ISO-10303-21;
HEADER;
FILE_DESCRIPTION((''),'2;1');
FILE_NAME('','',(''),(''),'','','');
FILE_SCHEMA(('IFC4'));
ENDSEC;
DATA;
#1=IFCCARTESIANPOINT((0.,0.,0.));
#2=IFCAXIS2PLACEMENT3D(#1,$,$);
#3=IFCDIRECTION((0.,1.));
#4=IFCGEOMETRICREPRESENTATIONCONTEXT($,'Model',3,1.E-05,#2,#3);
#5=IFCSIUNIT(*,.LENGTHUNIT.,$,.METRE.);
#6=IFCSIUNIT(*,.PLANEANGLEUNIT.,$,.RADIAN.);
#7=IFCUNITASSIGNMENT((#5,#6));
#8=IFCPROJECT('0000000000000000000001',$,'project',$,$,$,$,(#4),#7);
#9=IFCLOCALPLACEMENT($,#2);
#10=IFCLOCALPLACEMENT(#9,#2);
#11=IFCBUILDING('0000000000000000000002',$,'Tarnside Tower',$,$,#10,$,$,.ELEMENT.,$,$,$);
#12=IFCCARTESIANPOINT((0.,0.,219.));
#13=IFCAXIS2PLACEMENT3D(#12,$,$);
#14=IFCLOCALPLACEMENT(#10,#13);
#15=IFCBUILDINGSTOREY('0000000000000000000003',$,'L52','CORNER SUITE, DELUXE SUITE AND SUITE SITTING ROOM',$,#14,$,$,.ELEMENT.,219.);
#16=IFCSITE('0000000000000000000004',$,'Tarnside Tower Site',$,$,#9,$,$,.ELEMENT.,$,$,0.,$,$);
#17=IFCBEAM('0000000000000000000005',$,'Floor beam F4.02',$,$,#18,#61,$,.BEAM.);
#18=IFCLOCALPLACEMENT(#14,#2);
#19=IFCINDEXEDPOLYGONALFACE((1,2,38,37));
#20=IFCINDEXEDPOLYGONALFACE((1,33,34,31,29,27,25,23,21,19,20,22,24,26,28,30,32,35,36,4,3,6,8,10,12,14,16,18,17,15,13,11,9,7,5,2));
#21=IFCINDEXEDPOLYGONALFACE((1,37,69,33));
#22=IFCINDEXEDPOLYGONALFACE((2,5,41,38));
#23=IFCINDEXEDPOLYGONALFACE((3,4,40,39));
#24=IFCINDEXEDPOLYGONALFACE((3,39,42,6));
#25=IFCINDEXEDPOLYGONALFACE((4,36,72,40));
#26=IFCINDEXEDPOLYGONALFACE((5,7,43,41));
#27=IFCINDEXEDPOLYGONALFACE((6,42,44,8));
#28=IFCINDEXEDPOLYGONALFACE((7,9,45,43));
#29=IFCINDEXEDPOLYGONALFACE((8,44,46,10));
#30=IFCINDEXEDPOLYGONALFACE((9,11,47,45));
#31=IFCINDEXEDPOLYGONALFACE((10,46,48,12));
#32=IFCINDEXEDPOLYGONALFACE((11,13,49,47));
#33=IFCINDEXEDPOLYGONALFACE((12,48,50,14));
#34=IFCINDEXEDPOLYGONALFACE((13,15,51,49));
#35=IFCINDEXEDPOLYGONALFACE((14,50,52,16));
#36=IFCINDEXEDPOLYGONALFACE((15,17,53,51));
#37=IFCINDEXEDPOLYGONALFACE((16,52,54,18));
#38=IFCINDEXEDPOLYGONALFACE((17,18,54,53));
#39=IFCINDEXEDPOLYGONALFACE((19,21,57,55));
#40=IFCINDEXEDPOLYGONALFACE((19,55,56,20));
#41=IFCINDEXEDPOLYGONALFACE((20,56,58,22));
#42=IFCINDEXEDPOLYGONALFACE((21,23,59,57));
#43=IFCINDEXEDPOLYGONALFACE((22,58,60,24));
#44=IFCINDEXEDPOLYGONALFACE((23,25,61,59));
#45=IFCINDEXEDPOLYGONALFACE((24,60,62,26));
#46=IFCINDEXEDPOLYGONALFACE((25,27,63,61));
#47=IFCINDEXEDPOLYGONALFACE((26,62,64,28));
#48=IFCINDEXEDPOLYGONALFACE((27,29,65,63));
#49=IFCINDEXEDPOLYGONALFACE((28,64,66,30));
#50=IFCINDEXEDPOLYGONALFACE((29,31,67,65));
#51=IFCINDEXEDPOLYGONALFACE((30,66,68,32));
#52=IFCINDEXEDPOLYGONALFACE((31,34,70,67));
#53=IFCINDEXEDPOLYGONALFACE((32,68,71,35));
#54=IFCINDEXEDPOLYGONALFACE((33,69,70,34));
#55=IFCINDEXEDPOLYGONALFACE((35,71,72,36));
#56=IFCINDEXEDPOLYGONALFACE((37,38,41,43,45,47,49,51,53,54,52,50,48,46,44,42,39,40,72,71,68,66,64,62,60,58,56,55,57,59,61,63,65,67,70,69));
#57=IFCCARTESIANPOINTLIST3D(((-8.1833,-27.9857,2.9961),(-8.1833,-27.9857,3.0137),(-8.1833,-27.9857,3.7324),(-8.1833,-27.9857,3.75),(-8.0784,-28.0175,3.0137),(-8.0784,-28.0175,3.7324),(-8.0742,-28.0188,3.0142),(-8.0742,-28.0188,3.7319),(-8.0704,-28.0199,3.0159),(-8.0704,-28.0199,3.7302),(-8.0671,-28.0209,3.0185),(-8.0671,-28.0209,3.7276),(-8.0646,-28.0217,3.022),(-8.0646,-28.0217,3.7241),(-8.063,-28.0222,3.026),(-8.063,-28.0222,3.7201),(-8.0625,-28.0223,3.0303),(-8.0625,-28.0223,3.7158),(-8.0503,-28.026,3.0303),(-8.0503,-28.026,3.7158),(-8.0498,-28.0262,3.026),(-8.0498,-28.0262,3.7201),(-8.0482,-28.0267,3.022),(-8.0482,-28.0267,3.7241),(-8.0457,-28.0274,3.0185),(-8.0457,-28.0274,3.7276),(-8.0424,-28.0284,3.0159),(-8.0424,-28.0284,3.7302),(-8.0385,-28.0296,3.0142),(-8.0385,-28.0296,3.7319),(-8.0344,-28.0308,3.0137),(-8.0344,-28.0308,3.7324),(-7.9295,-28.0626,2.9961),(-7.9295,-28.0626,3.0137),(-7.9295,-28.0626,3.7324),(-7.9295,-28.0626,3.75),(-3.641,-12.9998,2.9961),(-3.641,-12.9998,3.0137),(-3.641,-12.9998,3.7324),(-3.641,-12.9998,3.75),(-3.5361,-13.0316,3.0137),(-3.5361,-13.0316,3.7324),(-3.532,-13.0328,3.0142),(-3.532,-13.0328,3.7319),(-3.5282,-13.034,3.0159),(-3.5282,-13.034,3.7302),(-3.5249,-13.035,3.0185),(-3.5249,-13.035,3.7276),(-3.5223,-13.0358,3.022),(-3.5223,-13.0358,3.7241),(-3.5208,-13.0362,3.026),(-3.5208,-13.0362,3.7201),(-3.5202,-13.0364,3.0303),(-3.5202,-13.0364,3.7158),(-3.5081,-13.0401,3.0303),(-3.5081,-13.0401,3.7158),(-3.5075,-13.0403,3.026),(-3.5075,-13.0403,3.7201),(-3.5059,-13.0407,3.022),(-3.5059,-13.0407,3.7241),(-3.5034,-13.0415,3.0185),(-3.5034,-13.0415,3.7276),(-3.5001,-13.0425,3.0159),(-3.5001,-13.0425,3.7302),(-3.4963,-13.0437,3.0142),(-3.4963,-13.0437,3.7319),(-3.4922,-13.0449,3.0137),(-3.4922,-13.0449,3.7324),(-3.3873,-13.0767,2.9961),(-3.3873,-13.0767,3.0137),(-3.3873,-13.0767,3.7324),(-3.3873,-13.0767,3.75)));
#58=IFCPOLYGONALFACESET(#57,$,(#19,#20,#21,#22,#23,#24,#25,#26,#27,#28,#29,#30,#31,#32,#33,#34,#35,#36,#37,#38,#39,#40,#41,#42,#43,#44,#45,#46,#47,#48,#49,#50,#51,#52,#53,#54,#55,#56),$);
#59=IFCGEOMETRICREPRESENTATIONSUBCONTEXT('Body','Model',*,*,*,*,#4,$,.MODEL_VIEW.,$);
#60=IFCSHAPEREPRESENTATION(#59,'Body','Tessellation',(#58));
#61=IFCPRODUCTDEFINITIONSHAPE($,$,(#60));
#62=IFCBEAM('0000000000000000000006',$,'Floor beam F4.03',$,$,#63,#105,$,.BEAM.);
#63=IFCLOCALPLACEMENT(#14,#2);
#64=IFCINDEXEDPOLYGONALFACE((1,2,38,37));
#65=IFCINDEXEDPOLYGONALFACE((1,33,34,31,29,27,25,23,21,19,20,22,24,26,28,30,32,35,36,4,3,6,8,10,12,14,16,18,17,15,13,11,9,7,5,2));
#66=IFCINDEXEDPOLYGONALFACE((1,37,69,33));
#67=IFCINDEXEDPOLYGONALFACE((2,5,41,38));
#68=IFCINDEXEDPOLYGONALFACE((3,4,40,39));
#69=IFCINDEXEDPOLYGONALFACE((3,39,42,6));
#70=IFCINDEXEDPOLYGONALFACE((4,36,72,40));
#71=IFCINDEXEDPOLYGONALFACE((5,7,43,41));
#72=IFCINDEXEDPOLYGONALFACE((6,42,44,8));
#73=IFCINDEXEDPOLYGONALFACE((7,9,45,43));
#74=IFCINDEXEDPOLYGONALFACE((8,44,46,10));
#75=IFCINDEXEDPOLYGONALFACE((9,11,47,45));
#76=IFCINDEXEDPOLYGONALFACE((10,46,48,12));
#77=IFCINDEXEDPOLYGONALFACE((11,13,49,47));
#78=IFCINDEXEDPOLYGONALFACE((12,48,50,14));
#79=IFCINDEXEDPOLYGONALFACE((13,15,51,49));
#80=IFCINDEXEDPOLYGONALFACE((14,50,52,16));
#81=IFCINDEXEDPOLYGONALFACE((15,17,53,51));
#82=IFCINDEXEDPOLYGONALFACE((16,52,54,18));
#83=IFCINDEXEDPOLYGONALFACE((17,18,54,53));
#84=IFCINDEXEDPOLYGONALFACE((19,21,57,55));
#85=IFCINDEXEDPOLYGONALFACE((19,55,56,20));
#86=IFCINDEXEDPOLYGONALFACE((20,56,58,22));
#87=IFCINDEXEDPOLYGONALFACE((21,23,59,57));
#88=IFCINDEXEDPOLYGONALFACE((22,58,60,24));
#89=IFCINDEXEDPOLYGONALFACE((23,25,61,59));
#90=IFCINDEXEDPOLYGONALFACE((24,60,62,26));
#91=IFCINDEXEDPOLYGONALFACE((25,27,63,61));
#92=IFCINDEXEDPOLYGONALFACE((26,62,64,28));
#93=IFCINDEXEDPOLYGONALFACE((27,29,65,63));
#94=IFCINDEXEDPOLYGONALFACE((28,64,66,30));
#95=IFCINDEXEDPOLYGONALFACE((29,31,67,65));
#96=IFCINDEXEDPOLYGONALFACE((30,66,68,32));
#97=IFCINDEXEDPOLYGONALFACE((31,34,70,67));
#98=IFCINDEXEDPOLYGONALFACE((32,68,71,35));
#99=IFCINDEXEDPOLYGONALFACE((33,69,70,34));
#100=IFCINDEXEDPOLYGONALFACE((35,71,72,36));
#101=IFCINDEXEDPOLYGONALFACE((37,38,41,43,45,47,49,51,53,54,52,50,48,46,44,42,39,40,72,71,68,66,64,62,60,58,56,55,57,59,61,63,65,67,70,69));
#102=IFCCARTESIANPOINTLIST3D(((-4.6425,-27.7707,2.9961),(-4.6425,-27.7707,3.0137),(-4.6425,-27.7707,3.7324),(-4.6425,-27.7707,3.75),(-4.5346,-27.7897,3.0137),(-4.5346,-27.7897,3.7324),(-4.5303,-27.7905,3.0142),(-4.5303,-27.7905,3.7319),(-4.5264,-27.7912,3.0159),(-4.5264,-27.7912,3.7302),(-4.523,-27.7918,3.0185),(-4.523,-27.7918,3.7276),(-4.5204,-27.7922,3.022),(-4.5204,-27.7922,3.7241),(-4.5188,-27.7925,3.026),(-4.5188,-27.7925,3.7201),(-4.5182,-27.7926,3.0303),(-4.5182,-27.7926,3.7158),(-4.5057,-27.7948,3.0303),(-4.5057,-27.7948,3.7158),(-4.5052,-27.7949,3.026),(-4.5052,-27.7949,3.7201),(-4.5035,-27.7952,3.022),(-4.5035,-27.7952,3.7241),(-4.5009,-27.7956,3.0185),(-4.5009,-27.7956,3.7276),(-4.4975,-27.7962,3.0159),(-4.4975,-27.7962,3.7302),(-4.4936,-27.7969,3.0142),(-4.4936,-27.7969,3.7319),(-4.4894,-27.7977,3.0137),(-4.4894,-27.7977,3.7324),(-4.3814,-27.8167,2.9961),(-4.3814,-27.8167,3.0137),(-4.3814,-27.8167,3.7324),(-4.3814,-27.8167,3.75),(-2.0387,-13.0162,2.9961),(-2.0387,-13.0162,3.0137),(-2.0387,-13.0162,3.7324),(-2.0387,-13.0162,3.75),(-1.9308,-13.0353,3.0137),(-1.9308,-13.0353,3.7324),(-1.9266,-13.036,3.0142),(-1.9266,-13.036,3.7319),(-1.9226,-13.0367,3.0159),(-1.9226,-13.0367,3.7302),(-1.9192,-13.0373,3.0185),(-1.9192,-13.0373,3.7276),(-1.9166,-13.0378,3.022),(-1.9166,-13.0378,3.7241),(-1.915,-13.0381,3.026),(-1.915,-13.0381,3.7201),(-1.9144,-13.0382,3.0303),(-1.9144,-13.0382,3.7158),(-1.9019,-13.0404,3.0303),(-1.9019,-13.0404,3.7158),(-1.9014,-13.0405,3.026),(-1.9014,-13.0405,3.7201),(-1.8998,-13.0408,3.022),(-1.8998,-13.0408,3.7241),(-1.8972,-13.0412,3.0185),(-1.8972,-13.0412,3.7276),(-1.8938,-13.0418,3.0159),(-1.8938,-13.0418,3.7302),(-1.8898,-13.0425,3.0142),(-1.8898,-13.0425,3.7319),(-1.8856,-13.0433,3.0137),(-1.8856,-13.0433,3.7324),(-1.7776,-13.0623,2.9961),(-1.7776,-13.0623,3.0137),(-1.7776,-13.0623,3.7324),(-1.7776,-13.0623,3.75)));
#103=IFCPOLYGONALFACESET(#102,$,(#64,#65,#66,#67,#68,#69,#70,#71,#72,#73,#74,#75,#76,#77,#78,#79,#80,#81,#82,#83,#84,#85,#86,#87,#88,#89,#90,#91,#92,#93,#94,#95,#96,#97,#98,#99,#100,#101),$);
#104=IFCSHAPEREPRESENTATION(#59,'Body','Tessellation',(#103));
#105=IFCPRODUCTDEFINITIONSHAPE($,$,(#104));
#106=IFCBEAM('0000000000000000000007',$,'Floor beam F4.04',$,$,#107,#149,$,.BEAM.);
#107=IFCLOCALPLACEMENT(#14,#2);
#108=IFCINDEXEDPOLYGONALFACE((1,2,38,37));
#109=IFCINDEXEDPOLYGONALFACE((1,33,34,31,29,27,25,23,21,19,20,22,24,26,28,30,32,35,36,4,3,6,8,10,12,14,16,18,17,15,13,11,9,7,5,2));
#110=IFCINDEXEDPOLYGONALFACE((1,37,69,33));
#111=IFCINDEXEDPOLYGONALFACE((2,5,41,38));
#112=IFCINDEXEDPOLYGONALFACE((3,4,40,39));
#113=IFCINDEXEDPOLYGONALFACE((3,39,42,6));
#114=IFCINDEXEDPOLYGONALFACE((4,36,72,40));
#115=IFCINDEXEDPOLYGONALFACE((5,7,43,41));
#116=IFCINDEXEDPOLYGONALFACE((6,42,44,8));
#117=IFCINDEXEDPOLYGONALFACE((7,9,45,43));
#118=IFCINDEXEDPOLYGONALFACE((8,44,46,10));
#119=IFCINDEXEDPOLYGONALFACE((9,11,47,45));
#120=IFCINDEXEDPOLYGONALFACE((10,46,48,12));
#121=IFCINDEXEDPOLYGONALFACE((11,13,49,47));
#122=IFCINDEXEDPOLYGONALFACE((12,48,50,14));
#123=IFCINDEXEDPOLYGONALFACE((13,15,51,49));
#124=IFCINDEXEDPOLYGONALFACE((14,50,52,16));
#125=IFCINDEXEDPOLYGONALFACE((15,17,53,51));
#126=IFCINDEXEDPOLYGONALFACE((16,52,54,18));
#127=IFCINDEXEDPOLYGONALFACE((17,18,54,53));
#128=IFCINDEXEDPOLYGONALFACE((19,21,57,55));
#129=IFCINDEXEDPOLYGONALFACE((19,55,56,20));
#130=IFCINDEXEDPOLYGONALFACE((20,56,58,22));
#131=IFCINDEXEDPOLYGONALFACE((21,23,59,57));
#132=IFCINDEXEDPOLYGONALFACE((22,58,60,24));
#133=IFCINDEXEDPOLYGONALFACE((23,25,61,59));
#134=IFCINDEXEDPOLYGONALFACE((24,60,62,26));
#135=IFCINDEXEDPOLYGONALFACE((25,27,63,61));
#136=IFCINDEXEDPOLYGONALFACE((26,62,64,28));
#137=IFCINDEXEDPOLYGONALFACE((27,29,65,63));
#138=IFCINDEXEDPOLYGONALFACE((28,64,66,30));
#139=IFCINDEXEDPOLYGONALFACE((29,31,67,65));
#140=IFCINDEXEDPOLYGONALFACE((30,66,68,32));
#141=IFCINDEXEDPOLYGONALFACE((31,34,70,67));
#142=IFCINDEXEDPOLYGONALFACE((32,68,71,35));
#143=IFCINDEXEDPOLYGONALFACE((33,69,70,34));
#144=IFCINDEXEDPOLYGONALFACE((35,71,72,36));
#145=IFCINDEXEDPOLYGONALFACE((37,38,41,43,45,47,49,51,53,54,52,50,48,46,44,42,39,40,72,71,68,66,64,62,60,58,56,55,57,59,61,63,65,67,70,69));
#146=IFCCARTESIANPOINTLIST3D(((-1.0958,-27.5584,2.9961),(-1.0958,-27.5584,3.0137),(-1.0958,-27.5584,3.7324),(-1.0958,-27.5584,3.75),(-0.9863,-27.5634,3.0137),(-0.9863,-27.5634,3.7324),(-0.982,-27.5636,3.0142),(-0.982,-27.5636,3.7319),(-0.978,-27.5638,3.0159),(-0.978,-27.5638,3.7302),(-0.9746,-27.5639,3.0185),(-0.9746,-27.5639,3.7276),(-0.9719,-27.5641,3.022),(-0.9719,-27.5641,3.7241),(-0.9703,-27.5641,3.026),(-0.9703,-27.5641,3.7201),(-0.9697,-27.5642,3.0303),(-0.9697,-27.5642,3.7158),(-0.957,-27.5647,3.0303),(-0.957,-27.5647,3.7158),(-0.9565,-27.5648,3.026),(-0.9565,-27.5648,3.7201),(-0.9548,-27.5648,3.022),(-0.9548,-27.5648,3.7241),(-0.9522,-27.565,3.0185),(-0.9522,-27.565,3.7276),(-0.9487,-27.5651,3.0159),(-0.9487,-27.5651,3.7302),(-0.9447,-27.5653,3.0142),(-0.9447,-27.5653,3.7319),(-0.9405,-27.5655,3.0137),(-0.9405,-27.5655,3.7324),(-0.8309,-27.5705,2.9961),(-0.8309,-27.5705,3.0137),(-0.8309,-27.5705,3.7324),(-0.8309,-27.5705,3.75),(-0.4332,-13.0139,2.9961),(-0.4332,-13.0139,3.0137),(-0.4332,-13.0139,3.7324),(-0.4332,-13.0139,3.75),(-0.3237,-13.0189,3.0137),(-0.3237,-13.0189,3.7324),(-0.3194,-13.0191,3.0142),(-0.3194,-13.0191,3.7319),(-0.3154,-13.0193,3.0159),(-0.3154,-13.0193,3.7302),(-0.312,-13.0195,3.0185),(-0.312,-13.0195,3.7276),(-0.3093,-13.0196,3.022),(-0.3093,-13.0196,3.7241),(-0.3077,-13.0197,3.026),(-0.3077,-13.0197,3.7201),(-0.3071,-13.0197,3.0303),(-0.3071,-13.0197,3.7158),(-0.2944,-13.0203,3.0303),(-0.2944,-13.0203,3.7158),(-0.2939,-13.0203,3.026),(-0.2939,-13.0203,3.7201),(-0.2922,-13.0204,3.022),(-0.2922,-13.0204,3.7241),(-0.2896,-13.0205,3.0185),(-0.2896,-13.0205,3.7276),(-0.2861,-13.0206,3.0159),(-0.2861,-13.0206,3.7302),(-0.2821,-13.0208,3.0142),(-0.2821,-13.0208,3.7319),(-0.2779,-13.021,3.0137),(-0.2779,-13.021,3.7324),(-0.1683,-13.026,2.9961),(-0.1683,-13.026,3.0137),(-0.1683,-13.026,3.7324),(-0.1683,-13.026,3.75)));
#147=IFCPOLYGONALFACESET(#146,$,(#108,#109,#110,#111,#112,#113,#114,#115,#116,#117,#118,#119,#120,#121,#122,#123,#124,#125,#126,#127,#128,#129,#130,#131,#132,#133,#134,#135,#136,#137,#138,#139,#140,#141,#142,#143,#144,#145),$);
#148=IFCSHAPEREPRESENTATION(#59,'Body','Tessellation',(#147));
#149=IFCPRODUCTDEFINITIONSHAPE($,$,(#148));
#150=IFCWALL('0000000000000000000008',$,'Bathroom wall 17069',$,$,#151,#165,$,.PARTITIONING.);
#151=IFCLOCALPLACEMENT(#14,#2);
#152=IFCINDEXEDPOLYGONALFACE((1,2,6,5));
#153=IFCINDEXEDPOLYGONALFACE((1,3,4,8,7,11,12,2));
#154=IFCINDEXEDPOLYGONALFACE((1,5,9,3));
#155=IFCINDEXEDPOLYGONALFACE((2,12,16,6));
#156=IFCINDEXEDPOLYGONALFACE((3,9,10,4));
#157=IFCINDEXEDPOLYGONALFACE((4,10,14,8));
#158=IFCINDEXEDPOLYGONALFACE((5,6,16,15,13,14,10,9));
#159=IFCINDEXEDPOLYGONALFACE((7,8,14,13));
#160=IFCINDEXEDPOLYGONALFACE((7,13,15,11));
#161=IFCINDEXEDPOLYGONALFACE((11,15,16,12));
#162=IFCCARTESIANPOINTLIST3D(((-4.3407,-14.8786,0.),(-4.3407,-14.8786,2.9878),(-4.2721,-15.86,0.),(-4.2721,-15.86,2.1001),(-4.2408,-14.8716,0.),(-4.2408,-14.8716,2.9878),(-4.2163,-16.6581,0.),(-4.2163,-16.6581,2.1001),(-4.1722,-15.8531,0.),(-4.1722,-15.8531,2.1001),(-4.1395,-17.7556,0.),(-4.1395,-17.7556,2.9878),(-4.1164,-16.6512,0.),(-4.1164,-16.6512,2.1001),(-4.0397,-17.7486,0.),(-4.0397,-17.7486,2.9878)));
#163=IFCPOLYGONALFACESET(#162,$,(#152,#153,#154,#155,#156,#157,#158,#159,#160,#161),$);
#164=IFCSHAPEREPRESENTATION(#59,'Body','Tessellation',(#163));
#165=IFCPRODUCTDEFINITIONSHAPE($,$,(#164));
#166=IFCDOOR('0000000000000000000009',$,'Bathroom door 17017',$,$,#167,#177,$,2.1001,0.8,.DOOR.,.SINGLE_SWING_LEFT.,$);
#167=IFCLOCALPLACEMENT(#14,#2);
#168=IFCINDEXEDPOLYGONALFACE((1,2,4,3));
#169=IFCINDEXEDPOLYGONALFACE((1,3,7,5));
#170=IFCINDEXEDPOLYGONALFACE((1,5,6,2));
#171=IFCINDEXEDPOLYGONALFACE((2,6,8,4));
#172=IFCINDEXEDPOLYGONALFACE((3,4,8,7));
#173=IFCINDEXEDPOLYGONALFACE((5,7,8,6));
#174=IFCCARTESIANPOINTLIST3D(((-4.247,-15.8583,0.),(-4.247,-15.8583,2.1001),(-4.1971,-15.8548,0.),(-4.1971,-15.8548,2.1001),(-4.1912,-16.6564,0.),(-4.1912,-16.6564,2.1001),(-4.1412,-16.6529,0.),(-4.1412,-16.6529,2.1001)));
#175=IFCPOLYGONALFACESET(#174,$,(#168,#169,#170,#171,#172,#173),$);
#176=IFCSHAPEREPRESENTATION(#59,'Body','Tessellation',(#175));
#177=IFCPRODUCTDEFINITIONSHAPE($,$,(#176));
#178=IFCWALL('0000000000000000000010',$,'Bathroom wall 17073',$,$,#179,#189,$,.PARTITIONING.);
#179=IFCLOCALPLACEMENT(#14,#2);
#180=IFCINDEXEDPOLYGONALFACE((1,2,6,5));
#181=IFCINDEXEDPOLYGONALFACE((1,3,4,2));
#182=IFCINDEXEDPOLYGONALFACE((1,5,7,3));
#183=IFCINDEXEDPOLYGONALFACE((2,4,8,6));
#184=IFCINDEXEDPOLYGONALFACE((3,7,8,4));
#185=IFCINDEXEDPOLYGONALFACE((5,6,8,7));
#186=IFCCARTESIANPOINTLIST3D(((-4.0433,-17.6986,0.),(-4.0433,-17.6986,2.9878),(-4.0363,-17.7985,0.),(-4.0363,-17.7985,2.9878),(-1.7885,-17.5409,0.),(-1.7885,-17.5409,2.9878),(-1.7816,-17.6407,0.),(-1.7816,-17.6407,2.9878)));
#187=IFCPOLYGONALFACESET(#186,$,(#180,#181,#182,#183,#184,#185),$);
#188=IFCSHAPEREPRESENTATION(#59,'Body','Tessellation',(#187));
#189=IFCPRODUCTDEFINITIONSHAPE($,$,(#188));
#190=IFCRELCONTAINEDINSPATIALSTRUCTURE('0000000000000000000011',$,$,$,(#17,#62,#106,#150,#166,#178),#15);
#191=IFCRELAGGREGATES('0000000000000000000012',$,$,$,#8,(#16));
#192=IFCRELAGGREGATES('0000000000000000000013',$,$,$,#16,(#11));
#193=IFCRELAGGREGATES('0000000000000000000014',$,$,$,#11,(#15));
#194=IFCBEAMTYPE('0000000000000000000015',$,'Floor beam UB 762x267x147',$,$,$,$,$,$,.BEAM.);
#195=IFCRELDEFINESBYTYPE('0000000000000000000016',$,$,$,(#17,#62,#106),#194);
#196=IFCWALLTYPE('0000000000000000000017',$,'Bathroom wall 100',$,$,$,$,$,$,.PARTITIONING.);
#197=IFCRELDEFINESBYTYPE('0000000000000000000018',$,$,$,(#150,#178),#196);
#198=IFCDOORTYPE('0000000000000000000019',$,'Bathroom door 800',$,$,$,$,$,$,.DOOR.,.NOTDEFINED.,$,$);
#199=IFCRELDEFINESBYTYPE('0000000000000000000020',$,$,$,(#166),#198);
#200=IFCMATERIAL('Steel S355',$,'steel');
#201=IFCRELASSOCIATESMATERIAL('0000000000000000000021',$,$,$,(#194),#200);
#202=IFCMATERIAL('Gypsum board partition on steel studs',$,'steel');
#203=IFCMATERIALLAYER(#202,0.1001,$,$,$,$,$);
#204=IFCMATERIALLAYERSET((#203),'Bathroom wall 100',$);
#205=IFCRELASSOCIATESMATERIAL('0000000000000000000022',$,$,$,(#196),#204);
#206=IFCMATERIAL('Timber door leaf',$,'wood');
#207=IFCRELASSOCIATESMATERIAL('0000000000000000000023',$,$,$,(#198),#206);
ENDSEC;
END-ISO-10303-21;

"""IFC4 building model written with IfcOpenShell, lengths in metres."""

from ifc_helpers import new_model, si_unit, direction, frame, frame_2d, origin, origin_2d, place, context, subcontext, project, spatial, rectangle, i_section, extrude, material, layer, layer_set, material_profile, profile_set, type_object, element, fill, save


model = new_model("IFC4")

# Units and contexts
model_context = context("Model", 3, precision=1e-05, world=origin(), true_north=direction((0.0, 1.0)))
body_context = subcontext(model_context, "Body", "Model", "MODEL_VIEW")
ifc_project = project(units=[si_unit("LENGTHUNIT", "METRE"), si_unit("PLANEANGLEUNIT", "RADIAN")], contexts=[model_context])

# Site, building, storey
site_placement = place(None, origin())
site = spatial("IfcSite", under=ifc_project, at=site_placement, Name="Tarnside Tower Site", CompositionType="ELEMENT", RefElevation=0.0)
building_placement = place(site_placement, origin())
building = spatial("IfcBuilding", under=site, at=building_placement, Name="Tarnside Tower", CompositionType="ELEMENT")
storey_placement = place(building_placement, frame((0.0, 0.0, 219.0)))
storey = spatial("IfcBuildingStorey", under=building, at=storey_placement, Name="L52", Description="CORNER SUITE, DELUXE SUITE AND SUITE SITTING ROOM", CompositionType="ELEMENT", Elevation=219.0)

# Beams
ifc_material_1 = material(Name="Steel S355", Category="steel")
ifc_material_profile = material_profile(ifc_material_1, i_section(OverallWidth=0.2651, OverallDepth=0.7539, WebThickness=0.0127, FlangeThickness=0.0176, FilletRadius=0.0166, at=origin_2d()), Name="UB 762x267x147")
ifc_profile_set = profile_set([ifc_material_profile], Name="Steel S355")
beam_type = type_object("IfcBeamType", Name="Floor beam UB 762x267x147", PredefinedType="BEAM", material=ifc_profile_set)
beam_1_placement = place(storey_placement, frame((-8.0564, -28.0242, 3.373), z_axis=(0.29007, 0.957005, 0.0), x_axis=(-0.957005, 0.29007, 0.0)))
element("IfcBeam", 1, at=beam_1_placement, inside=storey, type_object=beam_type, Name="Floor beam F4.02", PredefinedType="BEAM", context=body_context, shape_type="SweptSolid", body=[
    extrude(i_section(OverallWidth=0.2651, OverallDepth=0.7539, WebThickness=0.0127, FlangeThickness=0.0176, FilletRadius=0.0166, at=origin_2d()), origin(), (0.0, 0.0, 1.0), 15.6592),
])
beam_2_placement = place(storey_placement, frame((-4.512, -27.7937, 3.373), z_axis=(0.173788, 0.984783, 0.0), x_axis=(-0.984783, 0.173788, 0.0)))
element("IfcBeam", 2, at=beam_2_placement, inside=storey, type_object=beam_type, Name="Floor beam F4.03", PredefinedType="BEAM", context=body_context, shape_type="SweptSolid", body=[
    extrude(i_section(OverallWidth=0.2651, OverallDepth=0.7539, WebThickness=0.0127, FlangeThickness=0.0176, FilletRadius=0.0166, at=origin_2d()), origin(), (0.0, 0.0, 1.0), 14.9824),
])
beam_3_placement = place(storey_placement, frame((-0.9634, -27.5645, 3.373), z_axis=(0.04551, 0.998964, 0.0), x_axis=(-0.998964, 0.04551, 0.0)))
element("IfcBeam", 3, at=beam_3_placement, inside=storey, type_object=beam_type, Name="Floor beam F4.04", PredefinedType="BEAM", context=body_context, shape_type="SweptSolid", body=[
    extrude(i_section(OverallWidth=0.2651, OverallDepth=0.7539, WebThickness=0.0127, FlangeThickness=0.0176, FilletRadius=0.0166, at=origin_2d()), origin(), (0.0, 0.0, 1.0), 14.5596),
])

# Wall, opening, door
ifc_material_2 = material(Name="Gypsum board partition on steel studs", Category="steel")
ifc_layer_1 = layer(ifc_material_2, 0.1001)
ifc_layer_set_1 = layer_set([ifc_layer_1], Name="Bathroom wall 100")
wall_type_1 = type_object("IfcWallType", Name="Bathroom wall 100", PredefinedType="PARTITIONING", material=ifc_layer_set_1)
wall_1_placement = place(storey_placement, frame((-4.0896, -17.752, 0.0), z_axis=(0.0, 0.0, 1.0), x_axis=(-0.069755, 0.997564, 0.0)))
wall_1 = element("IfcWall", 4, at=wall_1_placement, inside=storey, type_object=wall_type_1, Name="Bathroom wall 17069", PredefinedType="PARTITIONING", context=body_context, shape_type="SweptSolid", body=[
    extrude(rectangle(XDim=2.884, YDim=0.1001, at=frame_2d((1.4419, 0.0))), origin(), (0.0, 0.0, 1.0), 2.9878),
])
opening_1_placement = place(wall_1_placement, frame((1.1001, 0.0, 0.0)))
opening_1 = element("IfcOpeningElement", 5, at=opening_1_placement, cuts=wall_1, PredefinedType="OPENING", context=body_context, shape_type="SweptSolid", body=[
    extrude(rectangle(XDim=0.8, YDim=2.1001, at=frame_2d((0.3999, 1.05))), frame((0.0, 0.0601, 0.0), z_axis=(0.0, -1.0, 0.0), x_axis=(1.0, 0.0, 0.0)), (0.0, 0.0, 1.0), 0.1201),
])
ifc_material_3 = material(Name="Timber door leaf", Category="wood")
door_type_1 = type_object("IfcDoorType", Name="Bathroom door 800", OperationType="NOTDEFINED", PredefinedType="DOOR", material=ifc_material_3)
door_1_placement = place(opening_1_placement, origin())
door_1 = element("IfcDoor", 6, at=door_1_placement, inside=storey, type_object=door_type_1, Name="Bathroom door 17017", OperationType="SINGLE_SWING_LEFT", OverallHeight=2.1001, OverallWidth=0.8, PredefinedType="DOOR", context=body_context, shape_type="SweptSolid", body=[
    extrude(rectangle(XDim=0.8, YDim=2.1001, at=frame_2d((0.3999, 1.05))), frame((0.0, 0.0249, 0.0), z_axis=(0.0, -1.0, 0.0), x_axis=(1.0, 0.0, 0.0)), (0.0, 0.0, 1.0), 0.05),
])
fill(opening_1, door_1)

# Wall
wall_2_placement = place(storey_placement, frame((-4.0398, -17.7485, 0.0), z_axis=(0.0, 0.0, 1.0), x_axis=(0.997562, 0.069781, 0.0)))
element("IfcWall", 7, at=wall_2_placement, inside=storey, type_object=wall_type_1, Name="Bathroom wall 17073", PredefinedType="PARTITIONING", context=body_context, shape_type="SweptSolid", body=[
    extrude(rectangle(XDim=2.2603, YDim=0.1001, at=frame_2d((1.1301, 0.0))), origin(), (0.0, 0.0, 1.0), 2.9878),
])

save(model, "model.ifc")
